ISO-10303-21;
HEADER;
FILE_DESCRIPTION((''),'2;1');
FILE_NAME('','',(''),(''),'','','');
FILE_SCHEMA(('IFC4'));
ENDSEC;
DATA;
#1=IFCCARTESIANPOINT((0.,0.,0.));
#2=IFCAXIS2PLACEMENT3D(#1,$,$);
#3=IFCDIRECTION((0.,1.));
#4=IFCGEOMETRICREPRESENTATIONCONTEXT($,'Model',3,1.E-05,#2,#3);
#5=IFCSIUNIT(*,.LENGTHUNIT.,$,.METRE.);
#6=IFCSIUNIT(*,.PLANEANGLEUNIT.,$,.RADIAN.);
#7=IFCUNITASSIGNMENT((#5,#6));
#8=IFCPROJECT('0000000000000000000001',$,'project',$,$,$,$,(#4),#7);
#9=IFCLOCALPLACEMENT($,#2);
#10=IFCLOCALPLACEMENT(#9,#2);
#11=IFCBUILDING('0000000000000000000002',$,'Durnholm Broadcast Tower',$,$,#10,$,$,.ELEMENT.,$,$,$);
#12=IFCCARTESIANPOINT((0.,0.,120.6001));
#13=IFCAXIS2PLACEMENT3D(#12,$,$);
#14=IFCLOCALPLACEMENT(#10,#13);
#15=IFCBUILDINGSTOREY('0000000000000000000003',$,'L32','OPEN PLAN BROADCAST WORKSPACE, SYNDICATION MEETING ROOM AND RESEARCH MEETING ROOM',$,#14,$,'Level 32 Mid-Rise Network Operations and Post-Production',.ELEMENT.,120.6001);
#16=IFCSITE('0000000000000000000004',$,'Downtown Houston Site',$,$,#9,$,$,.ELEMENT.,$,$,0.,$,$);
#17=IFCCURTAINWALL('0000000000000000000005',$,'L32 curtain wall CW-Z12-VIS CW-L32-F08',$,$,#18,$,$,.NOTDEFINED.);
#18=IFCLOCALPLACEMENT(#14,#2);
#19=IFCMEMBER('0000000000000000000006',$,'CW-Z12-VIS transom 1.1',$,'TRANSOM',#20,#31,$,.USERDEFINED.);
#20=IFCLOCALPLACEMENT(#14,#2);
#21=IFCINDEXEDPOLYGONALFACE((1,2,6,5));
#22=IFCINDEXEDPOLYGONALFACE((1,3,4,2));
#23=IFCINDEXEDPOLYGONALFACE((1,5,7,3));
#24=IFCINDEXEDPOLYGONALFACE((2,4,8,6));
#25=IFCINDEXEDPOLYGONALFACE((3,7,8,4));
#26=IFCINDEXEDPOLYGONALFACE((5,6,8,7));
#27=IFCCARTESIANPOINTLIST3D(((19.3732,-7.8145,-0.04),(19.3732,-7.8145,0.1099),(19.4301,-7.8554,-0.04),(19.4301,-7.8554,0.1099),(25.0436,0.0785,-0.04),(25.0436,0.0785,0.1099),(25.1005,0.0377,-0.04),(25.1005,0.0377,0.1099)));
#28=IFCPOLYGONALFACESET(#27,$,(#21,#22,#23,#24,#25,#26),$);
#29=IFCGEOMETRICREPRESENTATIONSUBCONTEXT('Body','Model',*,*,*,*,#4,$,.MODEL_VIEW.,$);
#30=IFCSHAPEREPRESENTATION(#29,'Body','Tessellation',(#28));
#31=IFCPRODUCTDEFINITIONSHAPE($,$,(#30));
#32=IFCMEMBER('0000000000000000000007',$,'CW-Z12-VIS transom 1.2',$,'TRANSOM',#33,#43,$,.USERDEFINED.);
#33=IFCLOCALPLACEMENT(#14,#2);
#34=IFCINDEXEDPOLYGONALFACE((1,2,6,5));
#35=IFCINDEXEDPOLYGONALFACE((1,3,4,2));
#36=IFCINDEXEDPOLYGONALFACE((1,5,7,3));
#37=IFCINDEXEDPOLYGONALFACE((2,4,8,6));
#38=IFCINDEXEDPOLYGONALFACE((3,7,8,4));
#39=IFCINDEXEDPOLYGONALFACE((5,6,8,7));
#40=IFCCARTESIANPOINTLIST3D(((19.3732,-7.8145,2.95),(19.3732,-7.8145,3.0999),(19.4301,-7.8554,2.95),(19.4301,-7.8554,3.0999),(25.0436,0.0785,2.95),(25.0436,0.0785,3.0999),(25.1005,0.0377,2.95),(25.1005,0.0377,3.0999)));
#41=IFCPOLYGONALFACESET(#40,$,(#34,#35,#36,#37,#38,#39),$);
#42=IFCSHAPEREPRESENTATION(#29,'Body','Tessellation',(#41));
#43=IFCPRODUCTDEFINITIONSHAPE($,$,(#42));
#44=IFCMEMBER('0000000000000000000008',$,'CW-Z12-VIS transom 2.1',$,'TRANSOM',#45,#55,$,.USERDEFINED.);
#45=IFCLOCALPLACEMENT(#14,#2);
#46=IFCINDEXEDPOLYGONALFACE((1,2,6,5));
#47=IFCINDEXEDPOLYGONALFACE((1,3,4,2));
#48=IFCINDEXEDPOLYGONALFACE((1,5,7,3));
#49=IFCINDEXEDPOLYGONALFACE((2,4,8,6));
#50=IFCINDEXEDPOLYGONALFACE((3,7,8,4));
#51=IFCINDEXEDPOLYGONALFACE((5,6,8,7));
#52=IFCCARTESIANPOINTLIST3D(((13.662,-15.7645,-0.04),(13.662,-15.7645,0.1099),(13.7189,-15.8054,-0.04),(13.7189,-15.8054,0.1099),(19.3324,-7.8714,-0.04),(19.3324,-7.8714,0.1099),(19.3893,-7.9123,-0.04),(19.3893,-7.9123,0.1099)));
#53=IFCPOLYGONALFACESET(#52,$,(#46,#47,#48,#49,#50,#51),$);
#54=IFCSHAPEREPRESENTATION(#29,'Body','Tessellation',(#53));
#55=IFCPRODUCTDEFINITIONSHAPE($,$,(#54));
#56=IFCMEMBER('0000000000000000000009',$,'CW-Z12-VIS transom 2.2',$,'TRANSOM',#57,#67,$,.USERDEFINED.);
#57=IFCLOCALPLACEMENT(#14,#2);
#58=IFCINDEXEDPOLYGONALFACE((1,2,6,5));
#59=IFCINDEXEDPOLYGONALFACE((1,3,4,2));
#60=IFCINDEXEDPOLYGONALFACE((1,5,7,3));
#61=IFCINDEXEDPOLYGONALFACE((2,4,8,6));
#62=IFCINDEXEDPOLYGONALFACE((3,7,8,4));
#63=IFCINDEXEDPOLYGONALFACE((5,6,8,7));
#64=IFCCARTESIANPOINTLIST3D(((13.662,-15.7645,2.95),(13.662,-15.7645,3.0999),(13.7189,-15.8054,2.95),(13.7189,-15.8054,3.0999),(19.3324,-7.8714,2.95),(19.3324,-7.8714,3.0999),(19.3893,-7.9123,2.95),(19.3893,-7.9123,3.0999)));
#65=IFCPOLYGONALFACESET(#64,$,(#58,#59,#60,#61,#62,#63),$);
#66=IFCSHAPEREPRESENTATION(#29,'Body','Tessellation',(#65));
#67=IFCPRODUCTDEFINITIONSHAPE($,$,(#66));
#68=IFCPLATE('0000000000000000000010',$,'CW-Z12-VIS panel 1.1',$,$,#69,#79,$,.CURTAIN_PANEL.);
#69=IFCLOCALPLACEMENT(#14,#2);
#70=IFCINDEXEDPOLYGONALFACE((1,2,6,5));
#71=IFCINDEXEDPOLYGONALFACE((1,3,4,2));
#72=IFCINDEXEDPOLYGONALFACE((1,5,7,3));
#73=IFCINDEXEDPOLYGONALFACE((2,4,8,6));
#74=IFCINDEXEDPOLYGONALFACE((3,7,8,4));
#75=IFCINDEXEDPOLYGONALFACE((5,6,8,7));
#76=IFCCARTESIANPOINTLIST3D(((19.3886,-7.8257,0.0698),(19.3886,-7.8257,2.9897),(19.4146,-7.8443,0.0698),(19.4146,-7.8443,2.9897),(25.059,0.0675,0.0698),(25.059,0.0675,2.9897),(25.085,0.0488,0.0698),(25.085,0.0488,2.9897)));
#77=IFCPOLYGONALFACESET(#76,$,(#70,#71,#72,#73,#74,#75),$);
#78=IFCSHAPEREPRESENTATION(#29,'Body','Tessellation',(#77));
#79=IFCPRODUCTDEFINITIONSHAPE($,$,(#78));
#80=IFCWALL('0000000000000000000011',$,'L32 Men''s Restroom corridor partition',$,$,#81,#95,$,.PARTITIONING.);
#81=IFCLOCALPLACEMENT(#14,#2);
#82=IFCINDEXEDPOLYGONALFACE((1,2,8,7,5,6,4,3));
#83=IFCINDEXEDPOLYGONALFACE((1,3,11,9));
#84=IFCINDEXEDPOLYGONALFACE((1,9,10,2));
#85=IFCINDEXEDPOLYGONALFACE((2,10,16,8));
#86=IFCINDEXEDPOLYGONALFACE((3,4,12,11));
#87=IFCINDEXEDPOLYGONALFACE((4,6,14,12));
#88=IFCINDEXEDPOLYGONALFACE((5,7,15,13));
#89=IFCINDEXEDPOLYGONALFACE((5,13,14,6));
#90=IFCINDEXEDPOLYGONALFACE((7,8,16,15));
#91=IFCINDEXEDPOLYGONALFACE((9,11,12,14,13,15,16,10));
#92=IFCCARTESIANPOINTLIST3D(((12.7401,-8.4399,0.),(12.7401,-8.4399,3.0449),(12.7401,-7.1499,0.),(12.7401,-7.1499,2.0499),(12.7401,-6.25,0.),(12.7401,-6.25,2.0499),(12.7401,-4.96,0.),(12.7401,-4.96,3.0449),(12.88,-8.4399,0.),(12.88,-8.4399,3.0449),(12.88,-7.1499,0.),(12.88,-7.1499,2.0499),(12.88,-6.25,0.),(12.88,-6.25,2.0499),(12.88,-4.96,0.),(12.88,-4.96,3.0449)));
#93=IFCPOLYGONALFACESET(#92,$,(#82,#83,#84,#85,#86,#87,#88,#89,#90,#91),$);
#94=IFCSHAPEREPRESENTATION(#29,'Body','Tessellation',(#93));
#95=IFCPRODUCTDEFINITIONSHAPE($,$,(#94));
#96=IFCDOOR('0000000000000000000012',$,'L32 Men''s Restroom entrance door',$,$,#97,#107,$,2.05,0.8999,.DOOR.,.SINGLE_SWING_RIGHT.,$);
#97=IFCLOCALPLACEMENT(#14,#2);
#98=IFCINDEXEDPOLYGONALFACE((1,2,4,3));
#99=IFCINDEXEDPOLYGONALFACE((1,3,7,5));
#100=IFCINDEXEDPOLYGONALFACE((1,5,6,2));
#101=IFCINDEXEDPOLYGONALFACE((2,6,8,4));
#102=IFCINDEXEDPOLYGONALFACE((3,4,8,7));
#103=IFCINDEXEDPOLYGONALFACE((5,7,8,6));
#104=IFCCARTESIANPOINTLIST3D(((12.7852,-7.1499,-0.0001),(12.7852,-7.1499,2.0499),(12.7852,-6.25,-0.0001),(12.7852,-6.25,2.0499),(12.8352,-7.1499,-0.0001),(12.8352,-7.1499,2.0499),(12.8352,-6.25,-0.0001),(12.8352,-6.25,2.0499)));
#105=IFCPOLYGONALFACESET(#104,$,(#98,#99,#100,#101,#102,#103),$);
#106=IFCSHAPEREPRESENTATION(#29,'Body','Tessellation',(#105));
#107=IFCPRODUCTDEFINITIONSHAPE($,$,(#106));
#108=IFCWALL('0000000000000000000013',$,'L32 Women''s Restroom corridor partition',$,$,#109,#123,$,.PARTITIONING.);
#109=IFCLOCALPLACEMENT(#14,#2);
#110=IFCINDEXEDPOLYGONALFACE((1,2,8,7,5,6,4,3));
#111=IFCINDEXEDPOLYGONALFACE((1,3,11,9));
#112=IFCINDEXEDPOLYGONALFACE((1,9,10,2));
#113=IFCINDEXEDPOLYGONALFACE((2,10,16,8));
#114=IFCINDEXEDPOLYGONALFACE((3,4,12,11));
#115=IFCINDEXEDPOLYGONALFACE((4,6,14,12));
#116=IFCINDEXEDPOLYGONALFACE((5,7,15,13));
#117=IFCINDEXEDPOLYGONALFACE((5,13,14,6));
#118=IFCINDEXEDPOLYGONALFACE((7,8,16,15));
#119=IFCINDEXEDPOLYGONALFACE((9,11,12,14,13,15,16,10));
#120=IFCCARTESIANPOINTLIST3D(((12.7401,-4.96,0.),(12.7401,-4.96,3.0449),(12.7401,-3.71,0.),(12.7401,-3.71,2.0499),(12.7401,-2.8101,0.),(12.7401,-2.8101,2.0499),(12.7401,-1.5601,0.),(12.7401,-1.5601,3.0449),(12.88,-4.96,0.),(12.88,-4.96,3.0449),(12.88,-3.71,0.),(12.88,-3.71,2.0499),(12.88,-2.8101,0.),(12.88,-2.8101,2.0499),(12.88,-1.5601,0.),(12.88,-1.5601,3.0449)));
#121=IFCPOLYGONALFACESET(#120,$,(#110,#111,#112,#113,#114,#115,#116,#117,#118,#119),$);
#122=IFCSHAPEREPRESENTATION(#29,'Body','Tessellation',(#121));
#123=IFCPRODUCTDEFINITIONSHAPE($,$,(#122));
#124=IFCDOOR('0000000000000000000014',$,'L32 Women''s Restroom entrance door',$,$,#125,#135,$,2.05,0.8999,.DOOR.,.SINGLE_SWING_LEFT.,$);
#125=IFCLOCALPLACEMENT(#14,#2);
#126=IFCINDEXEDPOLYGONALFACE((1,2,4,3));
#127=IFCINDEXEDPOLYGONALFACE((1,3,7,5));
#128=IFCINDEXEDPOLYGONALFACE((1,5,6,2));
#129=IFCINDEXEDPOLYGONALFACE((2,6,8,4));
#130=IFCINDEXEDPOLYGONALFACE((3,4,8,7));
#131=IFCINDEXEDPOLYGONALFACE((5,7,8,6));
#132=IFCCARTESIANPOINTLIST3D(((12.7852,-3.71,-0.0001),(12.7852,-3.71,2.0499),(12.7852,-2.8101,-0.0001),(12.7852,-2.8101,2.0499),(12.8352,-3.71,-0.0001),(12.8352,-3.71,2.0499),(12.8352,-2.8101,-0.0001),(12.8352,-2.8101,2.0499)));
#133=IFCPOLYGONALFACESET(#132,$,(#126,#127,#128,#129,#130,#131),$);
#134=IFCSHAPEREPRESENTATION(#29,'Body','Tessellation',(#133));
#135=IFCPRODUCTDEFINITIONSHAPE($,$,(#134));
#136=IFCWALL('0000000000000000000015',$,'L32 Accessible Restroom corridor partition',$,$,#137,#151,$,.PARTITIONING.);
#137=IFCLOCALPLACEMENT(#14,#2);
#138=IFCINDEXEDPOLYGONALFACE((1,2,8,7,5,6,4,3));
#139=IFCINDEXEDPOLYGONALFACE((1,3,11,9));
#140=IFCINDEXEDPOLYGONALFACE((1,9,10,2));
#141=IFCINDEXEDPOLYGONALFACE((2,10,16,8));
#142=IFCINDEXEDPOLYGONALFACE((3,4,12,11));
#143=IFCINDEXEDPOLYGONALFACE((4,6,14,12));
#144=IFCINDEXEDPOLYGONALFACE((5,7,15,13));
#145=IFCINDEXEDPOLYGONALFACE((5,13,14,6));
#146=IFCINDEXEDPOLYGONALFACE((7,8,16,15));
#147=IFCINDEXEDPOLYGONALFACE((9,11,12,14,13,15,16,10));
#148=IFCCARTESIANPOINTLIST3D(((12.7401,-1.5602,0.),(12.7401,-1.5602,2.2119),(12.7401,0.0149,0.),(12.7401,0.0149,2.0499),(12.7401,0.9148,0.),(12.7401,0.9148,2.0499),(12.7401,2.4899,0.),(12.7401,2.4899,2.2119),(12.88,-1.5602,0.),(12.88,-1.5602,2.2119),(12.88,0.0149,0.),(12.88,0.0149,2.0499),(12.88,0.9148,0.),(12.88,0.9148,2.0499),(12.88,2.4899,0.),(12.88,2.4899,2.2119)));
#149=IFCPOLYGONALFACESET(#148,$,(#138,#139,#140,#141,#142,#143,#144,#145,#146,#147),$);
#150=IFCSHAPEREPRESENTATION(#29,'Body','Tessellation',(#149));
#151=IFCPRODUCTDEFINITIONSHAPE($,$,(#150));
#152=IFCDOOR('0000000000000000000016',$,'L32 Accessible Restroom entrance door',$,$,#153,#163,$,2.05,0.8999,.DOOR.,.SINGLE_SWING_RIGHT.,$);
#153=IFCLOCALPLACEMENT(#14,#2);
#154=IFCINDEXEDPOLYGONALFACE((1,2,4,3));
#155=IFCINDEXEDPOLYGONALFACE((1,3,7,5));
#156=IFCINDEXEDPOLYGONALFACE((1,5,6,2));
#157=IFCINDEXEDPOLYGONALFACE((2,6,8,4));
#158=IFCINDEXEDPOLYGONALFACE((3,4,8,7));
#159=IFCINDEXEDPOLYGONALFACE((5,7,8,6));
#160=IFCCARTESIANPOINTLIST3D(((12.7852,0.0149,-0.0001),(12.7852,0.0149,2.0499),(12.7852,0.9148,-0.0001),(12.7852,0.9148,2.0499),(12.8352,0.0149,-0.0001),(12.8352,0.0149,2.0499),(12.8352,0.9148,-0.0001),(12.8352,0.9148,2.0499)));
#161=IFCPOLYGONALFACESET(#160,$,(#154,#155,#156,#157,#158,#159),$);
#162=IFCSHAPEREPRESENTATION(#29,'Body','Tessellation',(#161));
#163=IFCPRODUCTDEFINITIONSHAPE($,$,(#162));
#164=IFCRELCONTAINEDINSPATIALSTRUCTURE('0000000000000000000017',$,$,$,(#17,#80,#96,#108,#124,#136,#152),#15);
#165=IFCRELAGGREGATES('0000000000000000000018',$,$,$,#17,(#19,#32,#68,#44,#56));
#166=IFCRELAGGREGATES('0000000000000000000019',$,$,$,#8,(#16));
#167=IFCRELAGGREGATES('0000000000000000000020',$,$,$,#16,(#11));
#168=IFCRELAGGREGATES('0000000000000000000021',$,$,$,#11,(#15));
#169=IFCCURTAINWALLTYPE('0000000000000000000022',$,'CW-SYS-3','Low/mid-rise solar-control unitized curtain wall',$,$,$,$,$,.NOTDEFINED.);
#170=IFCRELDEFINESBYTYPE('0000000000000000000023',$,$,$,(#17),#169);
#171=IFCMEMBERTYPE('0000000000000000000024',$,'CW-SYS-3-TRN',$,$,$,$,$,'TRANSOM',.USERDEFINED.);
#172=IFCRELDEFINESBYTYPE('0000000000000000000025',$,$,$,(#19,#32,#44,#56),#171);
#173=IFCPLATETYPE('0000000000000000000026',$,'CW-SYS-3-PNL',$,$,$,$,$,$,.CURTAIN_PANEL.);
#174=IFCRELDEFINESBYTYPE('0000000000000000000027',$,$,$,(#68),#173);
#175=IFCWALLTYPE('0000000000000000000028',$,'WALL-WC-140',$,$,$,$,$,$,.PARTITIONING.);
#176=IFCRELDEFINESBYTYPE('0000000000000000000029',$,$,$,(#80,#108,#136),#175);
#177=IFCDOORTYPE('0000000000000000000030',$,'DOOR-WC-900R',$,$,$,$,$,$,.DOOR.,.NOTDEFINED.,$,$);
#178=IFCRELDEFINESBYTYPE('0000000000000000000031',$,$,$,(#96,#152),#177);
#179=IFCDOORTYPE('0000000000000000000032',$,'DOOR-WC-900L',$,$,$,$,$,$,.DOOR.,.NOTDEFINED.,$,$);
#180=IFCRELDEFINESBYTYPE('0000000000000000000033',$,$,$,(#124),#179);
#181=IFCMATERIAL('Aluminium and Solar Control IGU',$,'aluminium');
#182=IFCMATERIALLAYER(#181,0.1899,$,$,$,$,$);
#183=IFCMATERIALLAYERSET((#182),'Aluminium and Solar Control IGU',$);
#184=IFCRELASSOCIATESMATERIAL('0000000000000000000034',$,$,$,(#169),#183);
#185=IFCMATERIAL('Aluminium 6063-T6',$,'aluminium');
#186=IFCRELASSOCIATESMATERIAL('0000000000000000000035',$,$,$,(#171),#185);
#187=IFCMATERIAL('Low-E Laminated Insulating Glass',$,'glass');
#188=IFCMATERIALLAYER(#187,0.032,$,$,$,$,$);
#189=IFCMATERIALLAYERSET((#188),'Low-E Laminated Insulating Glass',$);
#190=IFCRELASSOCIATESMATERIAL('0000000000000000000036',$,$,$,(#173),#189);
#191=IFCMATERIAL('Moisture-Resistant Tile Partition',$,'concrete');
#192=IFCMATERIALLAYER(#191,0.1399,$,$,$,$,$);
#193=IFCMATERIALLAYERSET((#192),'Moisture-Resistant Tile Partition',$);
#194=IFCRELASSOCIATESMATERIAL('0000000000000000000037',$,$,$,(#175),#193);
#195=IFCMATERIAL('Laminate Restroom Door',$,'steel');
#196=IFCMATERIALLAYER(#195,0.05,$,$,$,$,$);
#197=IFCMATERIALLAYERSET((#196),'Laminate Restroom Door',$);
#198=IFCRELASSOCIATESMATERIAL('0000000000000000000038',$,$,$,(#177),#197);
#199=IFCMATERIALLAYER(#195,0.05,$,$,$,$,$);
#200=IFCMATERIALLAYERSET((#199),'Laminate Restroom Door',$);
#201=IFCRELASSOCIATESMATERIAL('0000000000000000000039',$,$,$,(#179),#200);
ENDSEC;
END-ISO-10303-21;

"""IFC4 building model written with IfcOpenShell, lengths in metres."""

from ifc_helpers import new_model, si_unit, direction, frame, frame_2d, origin, origin_2d, place, context, subcontext, project, spatial, rectangle, extrude, source, transform, mapped, material, layer, layer_set, material_profile, profile_set, type_object, type_shapes, element, fill, aggregate, save


model = new_model("IFC4")

# Units and contexts
model_context = context("Model", 3, precision=1e-05, world=origin(), true_north=direction((0.0, 1.0)))
body_context = subcontext(model_context, "Body", "Model", "MODEL_VIEW")
ifc_project = project(units=[si_unit("LENGTHUNIT", "METRE"), si_unit("PLANEANGLEUNIT", "RADIAN")], contexts=[model_context])

# Site, building, storey
site_placement = place(None, origin())
site = spatial("IfcSite", under=ifc_project, at=site_placement, Name="Downtown Houston Site", CompositionType="ELEMENT", RefElevation=0.0)
building_placement = place(site_placement, origin())
building = spatial("IfcBuilding", under=site, at=building_placement, Name="Durnholm Broadcast Tower", CompositionType="ELEMENT")
storey_placement = place(building_placement, frame((0.0, 0.0, 120.6001)))
storey = spatial("IfcBuildingStorey", under=building, at=storey_placement, Name="L32", Description="OPEN PLAN BROADCAST WORKSPACE, SYNDICATION MEETING ROOM AND RESEARCH MEETING ROOM", LongName="Level 32 Mid-Rise Network Operations and Post-Production", CompositionType="ELEMENT", Elevation=120.6001)

# Shared definitions
ifc_material_1 = material(Name="Aluminium and Solar Control IGU", Category="aluminium")
ifc_material_2 = material(Name="Aluminium 6063-T6", Category="aluminium")

# Curtain wall, members, plate
ifc_layer_1 = layer(ifc_material_1, 0.1899)
ifc_layer_set_1 = layer_set([ifc_layer_1], Name="Aluminium and Solar Control IGU")
curtain_wall_type_1 = type_object("IfcCurtainWallType", Name="CW-SYS-3", Description="Low/mid-rise solar-control unitized curtain wall", PredefinedType="NOTDEFINED", material=ifc_layer_set_1)
curtain_wall_1_placement = place(storey_placement, origin())
curtain_wall_1 = element("IfcCurtainWall", 1, at=curtain_wall_1_placement, inside=storey, type_object=curtain_wall_type_1, Name="L32 curtain wall CW-Z12-VIS CW-L32-F08", PredefinedType="NOTDEFINED")
ifc_material_profile_1 = material_profile(ifc_material_2, rectangle(XDim=0.0701, YDim=0.1499, at=origin_2d()), Name="CWT70X150")
ifc_profile_set_1 = profile_set([ifc_material_profile_1], Name="Aluminium 6063-T6")
member_type_1 = type_object("IfcMemberType", Name="CW-SYS-3-TRN", ElementType="TRANSOM", PredefinedType="USERDEFINED", material=ifc_profile_set_1)
shared_shape_1 = source(origin(), body_context, "Body", "SweptSolid", [
    extrude(rectangle(XDim=0.0701, YDim=0.1499, at=origin_2d()), origin(), (0.0, 0.0, 1.0), 9.7188),
])
type_shapes(member_type_1, [shared_shape_1])
member_1_placement = place(storey_placement, frame((25.072, 0.0581, 0.0349), z_axis=(-0.583451, -0.812149, 0.0), x_axis=(0.812149, -0.583451, 0.0)))
member_1 = element("IfcMember", 2, at=member_1_placement, type_object=member_type_1, Name="CW-Z12-VIS transom 1.1", ObjectType="TRANSOM", PredefinedType="USERDEFINED", context=body_context, shape_type="MappedRepresentation", body=[
    mapped(shared_shape_1, transform((0.0, 0.0, 0.0), x_axis=(1.0, 0.0, 0.0), y_axis=(0.0, 1.0, 0.0), z_axis=(0.0, 0.0, 1.0), scale=1.0)),
])
member_2_placement = place(storey_placement, frame((25.072, 0.0581, 3.0249), z_axis=(-0.583451, -0.812149, 0.0), x_axis=(0.812149, -0.583451, 0.0)))
member_2 = element("IfcMember", 3, at=member_2_placement, type_object=member_type_1, Name="CW-Z12-VIS transom 1.2", ObjectType="TRANSOM", PredefinedType="USERDEFINED", context=body_context, shape_type="MappedRepresentation", body=[
    mapped(shared_shape_1, transform((0.0, 0.0, 0.0), x_axis=(1.0, 0.0, 0.0), y_axis=(0.0, 1.0, 0.0), z_axis=(0.0, 0.0, 1.0), scale=1.0)),
])
member_3_placement = place(storey_placement, frame((19.3608, -7.8918, 0.0349), z_axis=(-0.583451, -0.812149, 0.0), x_axis=(0.812149, -0.583451, 0.0)))
member_3 = element("IfcMember", 4, at=member_3_placement, type_object=member_type_1, Name="CW-Z12-VIS transom 2.1", ObjectType="TRANSOM", PredefinedType="USERDEFINED", context=body_context, shape_type="MappedRepresentation", body=[
    mapped(shared_shape_1, transform((0.0, 0.0, 0.0), x_axis=(1.0, 0.0, 0.0), y_axis=(0.0, 1.0, 0.0), z_axis=(0.0, 0.0, 1.0), scale=1.0)),
])
member_4_placement = place(storey_placement, frame((19.3608, -7.8918, 3.0249), z_axis=(-0.583451, -0.812149, 0.0), x_axis=(0.812149, -0.583451, 0.0)))
member_4 = element("IfcMember", 5, at=member_4_placement, type_object=member_type_1, Name="CW-Z12-VIS transom 2.2", ObjectType="TRANSOM", PredefinedType="USERDEFINED", context=body_context, shape_type="MappedRepresentation", body=[
    mapped(shared_shape_1, transform((0.0, 0.0, 0.0), x_axis=(1.0, 0.0, 0.0), y_axis=(0.0, 1.0, 0.0), z_axis=(0.0, 0.0, 1.0), scale=1.0)),
])
ifc_material_3 = material(Name="Low-E Laminated Insulating Glass", Category="glass")
ifc_layer_2 = layer(ifc_material_3, 0.032)
ifc_layer_set_2 = layer_set([ifc_layer_2], Name="Low-E Laminated Insulating Glass")
plate_type = type_object("IfcPlateType", Name="CW-SYS-3-PNL", PredefinedType="CURTAIN_PANEL", material=ifc_layer_set_2)
shared_shape_2 = source(origin(), body_context, "Body", "SweptSolid", [
    extrude(rectangle(XDim=9.7188, YDim=0.032, at=origin_2d()), origin(), (0.0, 0.0, 1.0), 2.9199),
])
type_shapes(plate_type, [shared_shape_2])
plate_placement = place(storey_placement, frame((22.2368, -3.8884, 0.0698), z_axis=(0.0, 0.0, 1.0), x_axis=(-0.583445, -0.812152, 0.0)))
plate = element("IfcPlate", 6, at=plate_placement, type_object=plate_type, Name="CW-Z12-VIS panel 1.1", PredefinedType="CURTAIN_PANEL", context=body_context, shape_type="MappedRepresentation", body=[
    mapped(shared_shape_2, transform((0.0, 0.0, 0.0), x_axis=(1.0, 0.0, 0.0), y_axis=(0.0, 1.0, 0.0), z_axis=(0.0, 0.0, 1.0), scale=1.0)),
])
aggregate(curtain_wall_1, [member_1, member_2, plate, member_3, member_4])

# Walls, openings, doors
ifc_material_4 = material(Name="Moisture-Resistant Tile Partition", Category="concrete")
ifc_layer_3 = layer(ifc_material_4, 0.1399)
ifc_layer_set_3 = layer_set([ifc_layer_3], Name="Moisture-Resistant Tile Partition")
wall_type = type_object("IfcWallType", Name="WALL-WC-140", PredefinedType="PARTITIONING", material=ifc_layer_set_3)
wall_1_placement = place(storey_placement, frame((12.8101, -8.4399, 0.0), z_axis=(0.0, 0.0, 1.0), x_axis=(0.0, 1.0, 0.0)))
wall_1 = element("IfcWall", 7, at=wall_1_placement, inside=storey, type_object=wall_type, Name="L32 Men's Restroom corridor partition", PredefinedType="PARTITIONING", context=body_context, shape_type="SweptSolid", body=[
    extrude(rectangle(XDim=3.48, YDim=0.1399, at=frame_2d((1.74, 0.0))), origin(), (0.0, 0.0, 1.0), 3.0449),
])
opening_1_placement = place(wall_1_placement, frame((1.29, 0.0, 0.0)))
opening_1 = element("IfcOpeningElement", 8, at=opening_1_placement, cuts=wall_1, PredefinedType="OPENING", context=body_context, shape_type="SweptSolid", body=[
    extrude(rectangle(XDim=0.8999, YDim=2.05, at=frame_2d((0.45, 1.0249))), frame((0.0, 0.0801, 0.0), z_axis=(0.0, -1.0, 0.0), x_axis=(1.0, 0.0, 0.0)), (0.0, 0.0, 1.0), 0.1599),
])
ifc_material_5 = material(Name="Laminate Restroom Door", Category="steel")
ifc_layer_4 = layer(ifc_material_5, 0.05)
ifc_layer_set_4 = layer_set([ifc_layer_4], Name="Laminate Restroom Door")
door_type_1 = type_object("IfcDoorType", Name="DOOR-WC-900R", OperationType="NOTDEFINED", PredefinedType="DOOR", material=ifc_layer_set_4)
shared_shape_3 = source(origin(), body_context, "Body", "SweptSolid", [
    extrude(rectangle(XDim=0.8999, YDim=2.05, at=frame_2d((0.45, 1.0249))), frame((0.0, 0.0249, 0.0), z_axis=(0.0, -1.0, 0.0), x_axis=(1.0, 0.0, 0.0)), (0.0, 0.0, 1.0), 0.05),
])
type_shapes(door_type_1, [shared_shape_3])
door_1_placement = place(opening_1_placement, origin())
door_1 = element("IfcDoor", 9, at=door_1_placement, inside=storey, type_object=door_type_1, Name="L32 Men's Restroom entrance door", OperationType="SINGLE_SWING_RIGHT", OverallHeight=2.05, OverallWidth=0.8999, PredefinedType="DOOR", context=body_context, shape_type="MappedRepresentation", body=[
    mapped(shared_shape_3, transform((0.0, 0.0, 0.0), x_axis=(1.0, 0.0, 0.0), y_axis=(0.0, 1.0, 0.0), z_axis=(0.0, 0.0, 1.0), scale=1.0)),
])
fill(opening_1, door_1)
wall_2_placement = place(storey_placement, frame((12.8101, -4.96, 0.0), z_axis=(0.0, 0.0, 1.0), x_axis=(0.0, 1.0, 0.0)))
wall_2 = element("IfcWall", 10, at=wall_2_placement, inside=storey, type_object=wall_type, Name="L32 Women's Restroom corridor partition", PredefinedType="PARTITIONING", context=body_context, shape_type="SweptSolid", body=[
    extrude(rectangle(XDim=3.3999, YDim=0.1399, at=frame_2d((1.7, 0.0))), origin(), (0.0, 0.0, 1.0), 3.0449),
])
opening_2_placement = place(wall_2_placement, frame((1.25, 0.0, 0.0)))
opening_2 = element("IfcOpeningElement", 11, at=opening_2_placement, cuts=wall_2, PredefinedType="OPENING", context=body_context, shape_type="SweptSolid", body=[
    extrude(rectangle(XDim=0.8999, YDim=2.05, at=frame_2d((0.45, 1.0249))), frame((0.0, 0.0801, 0.0), z_axis=(0.0, -1.0, 0.0), x_axis=(1.0, 0.0, 0.0)), (0.0, 0.0, 1.0), 0.1599),
])
ifc_layer_5 = layer(ifc_material_5, 0.05)
ifc_layer_set_5 = layer_set([ifc_layer_5], Name="Laminate Restroom Door")
door_type_2 = type_object("IfcDoorType", Name="DOOR-WC-900L", OperationType="NOTDEFINED", PredefinedType="DOOR", material=ifc_layer_set_5)
shared_shape_4 = source(origin(), body_context, "Body", "SweptSolid", [
    extrude(rectangle(XDim=0.8999, YDim=2.05, at=frame_2d((0.45, 1.0249))), frame((0.0, 0.0249, 0.0), z_axis=(0.0, -1.0, 0.0), x_axis=(1.0, 0.0, 0.0)), (0.0, 0.0, 1.0), 0.05),
])
type_shapes(door_type_2, [shared_shape_4])
door_2_placement = place(opening_2_placement, origin())
door_2 = element("IfcDoor", 12, at=door_2_placement, inside=storey, type_object=door_type_2, Name="L32 Women's Restroom entrance door", OperationType="SINGLE_SWING_LEFT", OverallHeight=2.05, OverallWidth=0.8999, PredefinedType="DOOR", context=body_context, shape_type="MappedRepresentation", body=[
    mapped(shared_shape_4, transform((0.0, 0.0, 0.0), x_axis=(1.0, 0.0, 0.0), y_axis=(0.0, 1.0, 0.0), z_axis=(0.0, 0.0, 1.0), scale=1.0)),
])
fill(opening_2, door_2)
wall_3_placement = place(storey_placement, frame((12.8101, -1.5601, 0.0), z_axis=(0.0, 0.0, 1.0), x_axis=(0.0, 1.0, 0.0)))
wall_3 = element("IfcWall", 13, at=wall_3_placement, inside=storey, type_object=wall_type, Name="L32 Accessible Restroom corridor partition", PredefinedType="PARTITIONING", context=body_context, shape_type="SweptSolid", body=[
    extrude(rectangle(XDim=4.05, YDim=0.1399, at=frame_2d((2.0249, 0.0))), origin(), (0.0, 0.0, 1.0), 2.2119),
])
opening_3_placement = place(wall_3_placement, frame((1.575, 0.0, 0.0)))
opening_3 = element("IfcOpeningElement", 14, at=opening_3_placement, cuts=wall_3, PredefinedType="OPENING", context=body_context, shape_type="SweptSolid", body=[
    extrude(rectangle(XDim=0.8999, YDim=2.05, at=frame_2d((0.45, 1.0249))), frame((0.0, 0.0801, 0.0), z_axis=(0.0, -1.0, 0.0), x_axis=(1.0, 0.0, 0.0)), (0.0, 0.0, 1.0), 0.1599),
])
door_3_placement = place(opening_3_placement, origin())
door_3 = element("IfcDoor", 15, at=door_3_placement, inside=storey, type_object=door_type_1, Name="L32 Accessible Restroom entrance door", OperationType="SINGLE_SWING_RIGHT", OverallHeight=2.05, OverallWidth=0.8999, PredefinedType="DOOR", context=body_context, shape_type="MappedRepresentation", body=[
    mapped(shared_shape_3, transform((0.0, 0.0, 0.0), x_axis=(1.0, 0.0, 0.0), y_axis=(0.0, 1.0, 0.0), z_axis=(0.0, 0.0, 1.0), scale=1.0)),
])
fill(opening_3, door_3)

save(model, "model.ifc")
